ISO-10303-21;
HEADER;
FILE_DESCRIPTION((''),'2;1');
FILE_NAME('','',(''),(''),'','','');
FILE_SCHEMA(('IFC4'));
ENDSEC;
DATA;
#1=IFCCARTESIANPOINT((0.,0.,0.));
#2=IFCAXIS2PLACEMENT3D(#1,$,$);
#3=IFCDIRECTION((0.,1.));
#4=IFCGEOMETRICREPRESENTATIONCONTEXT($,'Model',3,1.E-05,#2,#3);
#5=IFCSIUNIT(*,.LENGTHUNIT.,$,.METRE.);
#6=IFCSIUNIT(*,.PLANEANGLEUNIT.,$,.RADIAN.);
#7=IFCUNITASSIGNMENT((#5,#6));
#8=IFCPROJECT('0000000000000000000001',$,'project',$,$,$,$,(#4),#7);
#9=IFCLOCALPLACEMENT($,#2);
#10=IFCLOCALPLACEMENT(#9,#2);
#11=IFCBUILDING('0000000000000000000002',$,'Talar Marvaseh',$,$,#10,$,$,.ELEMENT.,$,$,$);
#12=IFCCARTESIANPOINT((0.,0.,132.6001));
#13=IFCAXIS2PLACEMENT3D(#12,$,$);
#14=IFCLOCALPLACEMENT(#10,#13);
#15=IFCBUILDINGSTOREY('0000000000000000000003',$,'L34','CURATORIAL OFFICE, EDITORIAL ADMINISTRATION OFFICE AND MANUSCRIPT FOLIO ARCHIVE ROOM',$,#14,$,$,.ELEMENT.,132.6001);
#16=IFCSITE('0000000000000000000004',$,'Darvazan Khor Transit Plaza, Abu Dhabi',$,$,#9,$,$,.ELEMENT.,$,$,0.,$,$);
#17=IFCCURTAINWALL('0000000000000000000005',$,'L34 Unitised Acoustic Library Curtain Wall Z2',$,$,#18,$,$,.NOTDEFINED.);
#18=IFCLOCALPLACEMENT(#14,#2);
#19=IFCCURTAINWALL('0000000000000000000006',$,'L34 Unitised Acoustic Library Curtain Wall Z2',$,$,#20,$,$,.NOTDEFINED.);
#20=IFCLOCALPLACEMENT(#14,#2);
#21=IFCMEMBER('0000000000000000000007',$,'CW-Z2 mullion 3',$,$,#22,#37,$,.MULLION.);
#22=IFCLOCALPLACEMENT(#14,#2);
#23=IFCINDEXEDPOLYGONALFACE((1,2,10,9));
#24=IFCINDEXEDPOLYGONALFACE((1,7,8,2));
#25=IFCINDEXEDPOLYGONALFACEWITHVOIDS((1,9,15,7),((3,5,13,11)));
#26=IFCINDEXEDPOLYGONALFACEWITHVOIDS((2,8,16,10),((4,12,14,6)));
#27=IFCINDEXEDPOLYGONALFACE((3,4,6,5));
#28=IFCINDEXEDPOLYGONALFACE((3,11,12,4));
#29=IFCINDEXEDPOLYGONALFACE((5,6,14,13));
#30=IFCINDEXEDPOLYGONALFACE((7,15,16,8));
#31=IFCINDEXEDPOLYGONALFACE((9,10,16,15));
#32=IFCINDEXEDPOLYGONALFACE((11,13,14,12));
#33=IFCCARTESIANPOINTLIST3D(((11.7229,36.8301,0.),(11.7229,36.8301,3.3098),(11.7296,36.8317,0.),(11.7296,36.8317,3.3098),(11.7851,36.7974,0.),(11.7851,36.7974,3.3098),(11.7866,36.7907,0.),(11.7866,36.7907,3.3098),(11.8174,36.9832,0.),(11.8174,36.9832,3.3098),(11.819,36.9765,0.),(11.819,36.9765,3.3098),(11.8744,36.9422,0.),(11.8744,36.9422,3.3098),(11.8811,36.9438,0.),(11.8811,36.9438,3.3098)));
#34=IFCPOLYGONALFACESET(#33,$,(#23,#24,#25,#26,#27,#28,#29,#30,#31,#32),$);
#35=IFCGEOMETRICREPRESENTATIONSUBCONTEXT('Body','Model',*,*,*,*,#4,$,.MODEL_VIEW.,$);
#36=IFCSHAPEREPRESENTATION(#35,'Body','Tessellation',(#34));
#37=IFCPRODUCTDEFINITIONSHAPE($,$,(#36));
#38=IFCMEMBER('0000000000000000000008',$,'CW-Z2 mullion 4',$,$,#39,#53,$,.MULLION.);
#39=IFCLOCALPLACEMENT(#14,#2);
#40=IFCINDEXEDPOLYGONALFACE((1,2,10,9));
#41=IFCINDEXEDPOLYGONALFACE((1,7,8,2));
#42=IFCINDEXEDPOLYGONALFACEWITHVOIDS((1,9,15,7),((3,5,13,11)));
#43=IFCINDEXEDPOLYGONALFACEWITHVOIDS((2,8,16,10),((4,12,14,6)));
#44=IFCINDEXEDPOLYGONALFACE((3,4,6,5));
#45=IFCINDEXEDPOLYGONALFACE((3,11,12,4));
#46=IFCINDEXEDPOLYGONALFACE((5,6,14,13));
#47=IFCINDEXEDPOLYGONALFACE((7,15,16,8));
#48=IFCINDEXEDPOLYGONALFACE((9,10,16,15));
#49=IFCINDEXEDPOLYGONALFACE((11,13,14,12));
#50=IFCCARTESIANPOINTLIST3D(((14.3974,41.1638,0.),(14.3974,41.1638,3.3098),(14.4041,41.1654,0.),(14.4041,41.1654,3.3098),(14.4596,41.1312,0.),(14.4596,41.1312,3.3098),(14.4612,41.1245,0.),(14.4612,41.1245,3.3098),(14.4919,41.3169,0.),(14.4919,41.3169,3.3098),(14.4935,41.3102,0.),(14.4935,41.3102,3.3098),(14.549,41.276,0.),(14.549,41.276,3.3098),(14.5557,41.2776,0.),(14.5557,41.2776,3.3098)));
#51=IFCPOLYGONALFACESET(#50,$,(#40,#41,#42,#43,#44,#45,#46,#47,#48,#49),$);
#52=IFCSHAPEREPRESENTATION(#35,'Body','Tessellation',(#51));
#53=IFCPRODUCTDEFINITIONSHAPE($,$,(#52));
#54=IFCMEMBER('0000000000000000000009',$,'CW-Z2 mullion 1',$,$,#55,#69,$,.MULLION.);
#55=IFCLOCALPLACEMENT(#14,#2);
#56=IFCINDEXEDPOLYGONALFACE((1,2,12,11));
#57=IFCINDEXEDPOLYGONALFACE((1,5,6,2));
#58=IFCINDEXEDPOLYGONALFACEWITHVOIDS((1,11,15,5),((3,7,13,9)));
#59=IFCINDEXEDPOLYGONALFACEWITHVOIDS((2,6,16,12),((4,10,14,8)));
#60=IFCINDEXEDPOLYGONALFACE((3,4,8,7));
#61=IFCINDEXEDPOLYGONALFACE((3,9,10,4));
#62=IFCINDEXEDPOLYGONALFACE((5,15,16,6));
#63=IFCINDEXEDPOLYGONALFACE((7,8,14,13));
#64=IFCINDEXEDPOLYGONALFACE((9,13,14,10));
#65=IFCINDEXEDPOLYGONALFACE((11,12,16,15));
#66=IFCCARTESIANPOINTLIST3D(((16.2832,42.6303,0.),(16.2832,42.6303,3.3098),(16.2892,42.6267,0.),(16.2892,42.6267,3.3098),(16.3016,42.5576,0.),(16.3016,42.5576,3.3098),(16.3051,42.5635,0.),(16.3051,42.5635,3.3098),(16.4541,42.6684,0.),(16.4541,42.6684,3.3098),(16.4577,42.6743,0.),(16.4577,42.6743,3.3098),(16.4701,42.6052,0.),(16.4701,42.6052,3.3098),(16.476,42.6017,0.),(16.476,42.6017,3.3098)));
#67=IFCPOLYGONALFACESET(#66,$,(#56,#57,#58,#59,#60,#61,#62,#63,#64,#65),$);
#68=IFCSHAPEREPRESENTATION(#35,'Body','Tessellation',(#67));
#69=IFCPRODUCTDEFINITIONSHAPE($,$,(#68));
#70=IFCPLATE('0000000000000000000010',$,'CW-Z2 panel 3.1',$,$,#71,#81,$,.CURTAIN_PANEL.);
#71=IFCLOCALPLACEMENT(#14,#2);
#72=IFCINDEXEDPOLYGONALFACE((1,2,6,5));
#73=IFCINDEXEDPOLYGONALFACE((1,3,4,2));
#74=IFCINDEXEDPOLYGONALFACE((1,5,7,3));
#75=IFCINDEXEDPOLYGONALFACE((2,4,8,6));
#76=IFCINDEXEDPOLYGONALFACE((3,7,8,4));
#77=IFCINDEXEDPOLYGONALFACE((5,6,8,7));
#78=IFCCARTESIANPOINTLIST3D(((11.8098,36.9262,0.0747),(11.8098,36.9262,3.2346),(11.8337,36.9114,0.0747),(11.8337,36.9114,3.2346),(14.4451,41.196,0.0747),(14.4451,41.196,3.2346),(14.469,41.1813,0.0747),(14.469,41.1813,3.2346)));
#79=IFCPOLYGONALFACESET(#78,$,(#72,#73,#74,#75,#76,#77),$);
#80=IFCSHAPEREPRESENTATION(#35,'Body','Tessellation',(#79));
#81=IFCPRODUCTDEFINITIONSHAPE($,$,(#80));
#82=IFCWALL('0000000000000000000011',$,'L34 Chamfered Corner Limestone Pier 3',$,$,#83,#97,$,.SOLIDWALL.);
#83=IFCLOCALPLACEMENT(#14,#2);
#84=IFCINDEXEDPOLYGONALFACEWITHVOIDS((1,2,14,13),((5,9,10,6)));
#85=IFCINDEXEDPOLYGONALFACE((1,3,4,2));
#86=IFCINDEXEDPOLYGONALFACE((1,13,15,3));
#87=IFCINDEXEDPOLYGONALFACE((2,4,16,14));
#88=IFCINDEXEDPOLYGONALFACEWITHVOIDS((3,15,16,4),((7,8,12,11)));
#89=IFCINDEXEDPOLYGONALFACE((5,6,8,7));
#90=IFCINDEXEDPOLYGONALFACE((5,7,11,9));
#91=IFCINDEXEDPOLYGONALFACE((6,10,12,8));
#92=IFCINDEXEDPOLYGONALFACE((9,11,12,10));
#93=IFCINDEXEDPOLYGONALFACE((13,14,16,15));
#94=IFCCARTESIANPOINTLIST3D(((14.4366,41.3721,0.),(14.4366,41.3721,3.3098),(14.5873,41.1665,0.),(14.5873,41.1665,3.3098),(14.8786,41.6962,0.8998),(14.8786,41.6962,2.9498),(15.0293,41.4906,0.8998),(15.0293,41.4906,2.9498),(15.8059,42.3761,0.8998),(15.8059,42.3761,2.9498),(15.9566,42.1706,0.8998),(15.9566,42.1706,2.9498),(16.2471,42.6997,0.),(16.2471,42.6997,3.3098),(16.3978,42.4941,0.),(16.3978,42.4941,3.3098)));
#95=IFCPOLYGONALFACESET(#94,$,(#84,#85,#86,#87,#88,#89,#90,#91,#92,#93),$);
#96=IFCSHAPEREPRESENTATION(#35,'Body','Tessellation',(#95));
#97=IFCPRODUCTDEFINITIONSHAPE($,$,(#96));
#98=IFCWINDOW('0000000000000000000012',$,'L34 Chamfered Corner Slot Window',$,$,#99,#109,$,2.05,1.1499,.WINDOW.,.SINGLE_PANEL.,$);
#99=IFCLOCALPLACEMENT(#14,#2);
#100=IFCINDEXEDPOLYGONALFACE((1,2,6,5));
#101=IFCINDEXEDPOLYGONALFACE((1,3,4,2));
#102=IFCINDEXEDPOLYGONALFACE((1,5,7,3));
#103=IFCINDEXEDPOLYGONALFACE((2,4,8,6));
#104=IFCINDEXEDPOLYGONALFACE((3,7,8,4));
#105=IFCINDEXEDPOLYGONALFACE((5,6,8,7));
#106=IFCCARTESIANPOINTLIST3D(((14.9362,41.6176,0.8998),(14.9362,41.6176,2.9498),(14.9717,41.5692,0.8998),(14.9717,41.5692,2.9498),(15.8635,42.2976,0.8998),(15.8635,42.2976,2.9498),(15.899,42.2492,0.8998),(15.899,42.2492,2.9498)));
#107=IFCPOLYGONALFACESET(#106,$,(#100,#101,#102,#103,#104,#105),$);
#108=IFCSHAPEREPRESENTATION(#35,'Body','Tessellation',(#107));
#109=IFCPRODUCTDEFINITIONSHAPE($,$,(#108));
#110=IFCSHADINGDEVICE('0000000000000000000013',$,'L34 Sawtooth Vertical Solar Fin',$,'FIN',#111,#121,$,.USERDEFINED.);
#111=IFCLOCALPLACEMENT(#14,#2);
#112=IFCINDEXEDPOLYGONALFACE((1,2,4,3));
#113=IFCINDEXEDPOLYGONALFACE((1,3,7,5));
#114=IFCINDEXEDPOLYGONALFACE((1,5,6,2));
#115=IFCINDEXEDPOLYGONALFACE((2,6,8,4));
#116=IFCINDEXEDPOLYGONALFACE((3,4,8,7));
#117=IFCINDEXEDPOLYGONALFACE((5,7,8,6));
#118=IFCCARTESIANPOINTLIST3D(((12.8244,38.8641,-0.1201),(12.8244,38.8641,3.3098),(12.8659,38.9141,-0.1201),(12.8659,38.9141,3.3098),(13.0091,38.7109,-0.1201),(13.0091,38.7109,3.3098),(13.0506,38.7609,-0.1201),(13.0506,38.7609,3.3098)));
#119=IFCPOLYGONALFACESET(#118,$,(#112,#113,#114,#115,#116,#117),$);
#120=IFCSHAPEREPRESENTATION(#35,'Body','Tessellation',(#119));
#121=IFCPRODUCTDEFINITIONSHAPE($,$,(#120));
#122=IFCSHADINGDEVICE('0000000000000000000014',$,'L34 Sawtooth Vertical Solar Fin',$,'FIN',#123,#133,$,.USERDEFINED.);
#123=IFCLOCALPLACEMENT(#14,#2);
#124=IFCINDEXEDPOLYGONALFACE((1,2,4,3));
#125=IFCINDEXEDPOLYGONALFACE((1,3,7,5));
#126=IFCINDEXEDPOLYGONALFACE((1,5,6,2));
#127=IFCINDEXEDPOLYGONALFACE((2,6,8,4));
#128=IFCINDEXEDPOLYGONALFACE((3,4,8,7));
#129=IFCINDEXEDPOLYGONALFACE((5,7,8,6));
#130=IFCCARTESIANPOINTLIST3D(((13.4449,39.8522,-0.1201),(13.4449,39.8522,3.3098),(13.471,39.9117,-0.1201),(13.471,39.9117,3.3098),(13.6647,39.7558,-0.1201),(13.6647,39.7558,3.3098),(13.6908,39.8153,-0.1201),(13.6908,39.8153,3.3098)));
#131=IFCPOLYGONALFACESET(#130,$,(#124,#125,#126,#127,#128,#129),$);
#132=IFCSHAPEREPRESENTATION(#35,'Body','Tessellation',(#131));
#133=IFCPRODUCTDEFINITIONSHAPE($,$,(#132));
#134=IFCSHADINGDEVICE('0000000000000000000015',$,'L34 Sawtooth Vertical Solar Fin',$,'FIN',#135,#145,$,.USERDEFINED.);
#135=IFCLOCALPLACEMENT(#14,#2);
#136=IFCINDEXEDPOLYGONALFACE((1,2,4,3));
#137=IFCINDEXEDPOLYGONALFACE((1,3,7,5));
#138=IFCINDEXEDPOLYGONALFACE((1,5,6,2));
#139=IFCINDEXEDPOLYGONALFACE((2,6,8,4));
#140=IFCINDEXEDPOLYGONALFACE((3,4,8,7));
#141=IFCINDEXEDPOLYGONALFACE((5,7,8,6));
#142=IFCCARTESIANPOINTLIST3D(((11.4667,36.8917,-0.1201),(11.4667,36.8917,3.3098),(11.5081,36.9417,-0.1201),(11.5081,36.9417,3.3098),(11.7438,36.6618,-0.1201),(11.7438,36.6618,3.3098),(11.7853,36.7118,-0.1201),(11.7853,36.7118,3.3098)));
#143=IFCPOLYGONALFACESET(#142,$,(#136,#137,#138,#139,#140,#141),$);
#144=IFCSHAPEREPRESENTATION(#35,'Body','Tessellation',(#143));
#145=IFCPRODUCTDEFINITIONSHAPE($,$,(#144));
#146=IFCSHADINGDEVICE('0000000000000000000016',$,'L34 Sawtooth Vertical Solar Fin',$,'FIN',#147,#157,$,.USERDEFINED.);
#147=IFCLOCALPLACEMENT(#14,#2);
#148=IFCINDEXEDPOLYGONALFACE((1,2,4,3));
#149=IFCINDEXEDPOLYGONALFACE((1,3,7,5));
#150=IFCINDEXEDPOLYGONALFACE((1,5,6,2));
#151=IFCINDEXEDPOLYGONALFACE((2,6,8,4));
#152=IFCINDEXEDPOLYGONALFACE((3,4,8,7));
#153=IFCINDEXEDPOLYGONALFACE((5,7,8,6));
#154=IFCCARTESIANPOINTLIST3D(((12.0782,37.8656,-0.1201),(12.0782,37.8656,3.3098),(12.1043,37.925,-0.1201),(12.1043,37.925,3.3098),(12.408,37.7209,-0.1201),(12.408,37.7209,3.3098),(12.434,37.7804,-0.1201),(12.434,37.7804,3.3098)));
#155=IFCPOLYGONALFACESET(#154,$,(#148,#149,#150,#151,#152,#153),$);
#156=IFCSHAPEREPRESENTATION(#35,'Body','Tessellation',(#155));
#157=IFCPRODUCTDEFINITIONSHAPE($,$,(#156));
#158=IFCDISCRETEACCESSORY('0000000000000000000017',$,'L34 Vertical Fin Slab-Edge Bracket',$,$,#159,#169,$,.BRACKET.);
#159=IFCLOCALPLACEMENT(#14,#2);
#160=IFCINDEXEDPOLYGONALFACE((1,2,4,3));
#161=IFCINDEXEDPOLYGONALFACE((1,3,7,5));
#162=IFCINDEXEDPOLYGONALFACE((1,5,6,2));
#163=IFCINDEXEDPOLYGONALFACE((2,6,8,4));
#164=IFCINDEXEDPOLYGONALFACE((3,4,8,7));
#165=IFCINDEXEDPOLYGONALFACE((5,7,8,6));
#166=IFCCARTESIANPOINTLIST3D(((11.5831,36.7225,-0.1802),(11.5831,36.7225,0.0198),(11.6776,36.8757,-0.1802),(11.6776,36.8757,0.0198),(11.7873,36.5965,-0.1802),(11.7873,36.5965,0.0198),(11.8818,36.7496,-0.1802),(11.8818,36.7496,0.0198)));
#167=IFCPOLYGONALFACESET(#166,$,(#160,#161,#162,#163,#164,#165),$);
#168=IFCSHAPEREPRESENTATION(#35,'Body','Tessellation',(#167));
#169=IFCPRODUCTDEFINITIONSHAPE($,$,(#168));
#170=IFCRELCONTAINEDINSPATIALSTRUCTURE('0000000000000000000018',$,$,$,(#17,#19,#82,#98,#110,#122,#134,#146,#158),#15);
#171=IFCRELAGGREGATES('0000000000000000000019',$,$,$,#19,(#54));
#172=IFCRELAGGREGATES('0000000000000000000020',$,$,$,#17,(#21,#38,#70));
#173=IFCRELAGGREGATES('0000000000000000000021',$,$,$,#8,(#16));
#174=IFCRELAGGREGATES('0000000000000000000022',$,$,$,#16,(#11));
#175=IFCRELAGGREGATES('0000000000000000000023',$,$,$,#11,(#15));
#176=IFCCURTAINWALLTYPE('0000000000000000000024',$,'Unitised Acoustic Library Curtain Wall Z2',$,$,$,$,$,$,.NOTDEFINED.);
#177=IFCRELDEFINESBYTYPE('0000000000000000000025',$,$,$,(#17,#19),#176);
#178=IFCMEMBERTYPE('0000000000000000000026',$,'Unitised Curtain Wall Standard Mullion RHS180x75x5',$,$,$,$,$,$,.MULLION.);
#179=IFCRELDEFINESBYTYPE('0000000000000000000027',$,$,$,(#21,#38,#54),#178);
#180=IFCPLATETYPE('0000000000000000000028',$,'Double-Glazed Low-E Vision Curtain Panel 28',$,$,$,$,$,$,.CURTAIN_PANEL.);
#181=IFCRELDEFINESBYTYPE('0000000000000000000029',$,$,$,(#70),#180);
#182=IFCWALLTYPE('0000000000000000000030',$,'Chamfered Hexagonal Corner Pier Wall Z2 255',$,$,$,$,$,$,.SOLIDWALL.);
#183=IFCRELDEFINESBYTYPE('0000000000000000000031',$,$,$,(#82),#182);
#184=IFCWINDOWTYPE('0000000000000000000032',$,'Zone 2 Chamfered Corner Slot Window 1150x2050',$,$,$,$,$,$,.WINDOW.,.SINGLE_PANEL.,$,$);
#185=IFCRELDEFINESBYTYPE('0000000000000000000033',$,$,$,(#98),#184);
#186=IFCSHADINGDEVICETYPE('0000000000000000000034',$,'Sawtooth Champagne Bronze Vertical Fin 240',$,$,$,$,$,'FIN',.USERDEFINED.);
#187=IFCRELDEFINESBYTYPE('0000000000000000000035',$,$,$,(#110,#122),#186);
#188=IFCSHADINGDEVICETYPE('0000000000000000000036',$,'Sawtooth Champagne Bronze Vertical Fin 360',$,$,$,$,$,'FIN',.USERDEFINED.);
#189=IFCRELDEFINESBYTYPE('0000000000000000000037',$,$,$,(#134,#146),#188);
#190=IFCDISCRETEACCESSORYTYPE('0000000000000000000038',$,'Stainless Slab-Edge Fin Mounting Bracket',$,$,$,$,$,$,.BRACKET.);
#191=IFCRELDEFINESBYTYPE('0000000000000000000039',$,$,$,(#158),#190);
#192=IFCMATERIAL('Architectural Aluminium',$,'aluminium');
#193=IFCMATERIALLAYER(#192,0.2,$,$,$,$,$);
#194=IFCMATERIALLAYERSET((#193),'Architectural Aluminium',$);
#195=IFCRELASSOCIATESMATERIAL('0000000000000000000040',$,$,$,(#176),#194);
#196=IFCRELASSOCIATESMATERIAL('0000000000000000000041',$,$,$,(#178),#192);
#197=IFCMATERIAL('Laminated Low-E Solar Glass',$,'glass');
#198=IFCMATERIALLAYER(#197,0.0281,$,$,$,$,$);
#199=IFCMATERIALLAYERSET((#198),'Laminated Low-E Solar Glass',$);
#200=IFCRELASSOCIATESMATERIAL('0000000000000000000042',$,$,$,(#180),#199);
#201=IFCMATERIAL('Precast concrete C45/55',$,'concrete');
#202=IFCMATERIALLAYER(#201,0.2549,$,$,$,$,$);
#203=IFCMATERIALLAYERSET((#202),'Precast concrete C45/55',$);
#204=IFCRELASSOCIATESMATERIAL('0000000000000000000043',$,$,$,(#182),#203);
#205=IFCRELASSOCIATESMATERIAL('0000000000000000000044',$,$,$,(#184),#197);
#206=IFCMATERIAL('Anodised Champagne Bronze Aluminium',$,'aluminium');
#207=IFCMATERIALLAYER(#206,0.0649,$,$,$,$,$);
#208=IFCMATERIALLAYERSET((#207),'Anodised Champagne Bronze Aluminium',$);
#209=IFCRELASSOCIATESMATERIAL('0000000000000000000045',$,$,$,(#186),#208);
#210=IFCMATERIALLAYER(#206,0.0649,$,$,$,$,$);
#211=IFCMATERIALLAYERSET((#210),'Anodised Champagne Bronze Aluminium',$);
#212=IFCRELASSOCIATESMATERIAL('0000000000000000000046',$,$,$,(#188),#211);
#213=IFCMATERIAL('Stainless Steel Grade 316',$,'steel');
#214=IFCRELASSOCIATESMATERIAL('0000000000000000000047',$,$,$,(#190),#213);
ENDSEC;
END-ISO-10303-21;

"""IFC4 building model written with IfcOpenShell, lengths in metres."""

from ifc_helpers import new_model, si_unit, direction, frame, frame_2d, origin, origin_2d, place, context, subcontext, project, spatial, rectangle, hollow_rectangle, extrude, source, transform, mapped, material, layer, layer_set, material_profile, profile_set, type_object, type_shapes, element, fill, aggregate, save


model = new_model("IFC4")

# Units and contexts
model_context = context("Model", 3, precision=1e-05, world=origin(), true_north=direction((0.0, 1.0)))
body_context = subcontext(model_context, "Body", "Model", "MODEL_VIEW")
ifc_project = project(units=[si_unit("LENGTHUNIT", "METRE"), si_unit("PLANEANGLEUNIT", "RADIAN")], contexts=[model_context])

# Site, building, storey
site_placement = place(None, origin())
site = spatial("IfcSite", under=ifc_project, at=site_placement, Name="Darvazan Khor Transit Plaza, Abu Dhabi", CompositionType="ELEMENT", RefElevation=0.0)
building_placement = place(site_placement, origin())
building = spatial("IfcBuilding", under=site, at=building_placement, Name="Talar Marvaseh", CompositionType="ELEMENT")
storey_placement = place(building_placement, frame((0.0, 0.0, 132.6001)))
storey = spatial("IfcBuildingStorey", under=building, at=storey_placement, Name="L34", Description="CURATORIAL OFFICE, EDITORIAL ADMINISTRATION OFFICE AND MANUSCRIPT FOLIO ARCHIVE ROOM", CompositionType="ELEMENT", Elevation=132.6001)

# Curtain walls
ifc_material_1 = material(Name="Architectural Aluminium", Category="aluminium")
ifc_layer_1 = layer(ifc_material_1, 0.2)
ifc_layer_set_1 = layer_set([ifc_layer_1], Name="Architectural Aluminium")
curtain_wall_type = type_object("IfcCurtainWallType", Name="Unitised Acoustic Library Curtain Wall Z2", PredefinedType="NOTDEFINED", material=ifc_layer_set_1)
curtain_wall_1_placement = place(storey_placement, origin())
curtain_wall_1 = element("IfcCurtainWall", 1, at=curtain_wall_1_placement, inside=storey, type_object=curtain_wall_type, Name="L34 Unitised Acoustic Library Curtain Wall Z2", PredefinedType="NOTDEFINED")
curtain_wall_2_placement = place(storey_placement, origin())
curtain_wall_2 = element("IfcCurtainWall", 2, at=curtain_wall_2_placement, inside=storey, type_object=curtain_wall_type, Name="L34 Unitised Acoustic Library Curtain Wall Z2", PredefinedType="NOTDEFINED")

# Members
ifc_material_profile_1 = material_profile(ifc_material_1, hollow_rectangle(XDim=0.075, YDim=0.1799, WallThickness=0.0049, at=origin_2d()), Name="RHS180x75x5")
ifc_profile_set_1 = profile_set([ifc_material_profile_1], Name="Architectural Aluminium")
member_type_1 = type_object("IfcMemberType", Name="Unitised Curtain Wall Standard Mullion RHS180x75x5", PredefinedType="MULLION", material=ifc_profile_set_1)
shared_shape_1 = source(origin(), body_context, "Body", "SweptSolid", [
    extrude(hollow_rectangle(XDim=0.075, YDim=0.1799, WallThickness=0.0049, at=origin_2d()), origin(), (0.0, 0.0, 1.0), 3.3098),
])
type_shapes(member_type_1, [shared_shape_1])
member_1_placement = place(storey_placement, frame((11.802, 36.887, 0.0), z_axis=(0.0, 0.0, 1.0), x_axis=(-0.850974, 0.525207, 0.0)))
member_1 = element("IfcMember", 3, at=member_1_placement, type_object=member_type_1, Name="CW-Z2 mullion 3", PredefinedType="MULLION", context=body_context, shape_type="MappedRepresentation", body=[
    mapped(shared_shape_1, transform((0.0, 0.0, 0.0), x_axis=(1.0, 0.0, 0.0), y_axis=(0.0, 1.0, 0.0), z_axis=(0.0, 0.0, 1.0), scale=1.0)),
])
member_2_placement = place(storey_placement, frame((14.4766, 41.2207, 0.0), z_axis=(0.0, 0.0, 1.0), x_axis=(-0.850974, 0.525207, 0.0)))
member_2 = element("IfcMember", 4, at=member_2_placement, type_object=member_type_1, Name="CW-Z2 mullion 4", PredefinedType="MULLION", context=body_context, shape_type="MappedRepresentation", body=[
    mapped(shared_shape_1, transform((0.0, 0.0, 0.0), x_axis=(1.0, 0.0, 0.0), y_axis=(0.0, 1.0, 0.0), z_axis=(0.0, 0.0, 1.0), scale=1.0)),
])
member_3_placement = place(storey_placement, frame((16.3796, 42.616, 0.0), z_axis=(0.0, 0.0, 1.0), x_axis=(-0.245007, 0.969521, 0.0)))
member_3 = element("IfcMember", 5, at=member_3_placement, type_object=member_type_1, Name="CW-Z2 mullion 1", PredefinedType="MULLION", context=body_context, shape_type="MappedRepresentation", body=[
    mapped(shared_shape_1, transform((0.0, 0.0, 0.0), x_axis=(1.0, 0.0, 0.0), y_axis=(0.0, 1.0, 0.0), z_axis=(0.0, 0.0, 1.0), scale=1.0)),
])
aggregate(curtain_wall_2, [member_3])

# Plate
ifc_material_2 = material(Name="Laminated Low-E Solar Glass", Category="glass")
ifc_layer_2 = layer(ifc_material_2, 0.0281)
ifc_layer_set_2 = layer_set([ifc_layer_2], Name="Laminated Low-E Solar Glass")
plate_type = type_object("IfcPlateType", Name="Double-Glazed Low-E Vision Curtain Panel 28", PredefinedType="CURTAIN_PANEL", material=ifc_layer_set_2)
shared_shape_2 = source(origin(), body_context, "Body", "SweptSolid", [
    extrude(rectangle(XDim=5.0176, YDim=0.0281, at=origin_2d()), origin(), (0.0, 0.0, 1.0), 3.1599),
])
type_shapes(plate_type, [shared_shape_2])
plate_placement = place(storey_placement, frame((13.1394, 39.0537, 0.0747), z_axis=(0.0, 0.0, 1.0), x_axis=(0.525207, 0.850974, 0.0)))
plate = element("IfcPlate", 6, at=plate_placement, type_object=plate_type, Name="CW-Z2 panel 3.1", PredefinedType="CURTAIN_PANEL", context=body_context, shape_type="MappedRepresentation", body=[
    mapped(shared_shape_2, transform((0.0, 0.0, 0.0), x_axis=(1.0, 0.0, 0.0), y_axis=(0.0, 1.0, 0.0), z_axis=(0.0, 0.0, 1.0), scale=1.0)),
])
aggregate(curtain_wall_1, [member_1, member_2, plate])

# Wall, opening, window
ifc_material_3 = material(Name="Precast concrete C45/55", Category="concrete")
ifc_layer_3 = layer(ifc_material_3, 0.2549)
ifc_layer_set_3 = layer_set([ifc_layer_3], Name="Precast concrete C45/55")
wall_type = type_object("IfcWallType", Name="Chamfered Hexagonal Corner Pier Wall Z2 255", PredefinedType="SOLIDWALL", material=ifc_layer_set_3)
wall_placement = place(storey_placement, frame((14.512, 41.2693, 0.0), z_axis=(0.0, 0.0, 1.0), x_axis=(0.806426, 0.591335, 0.0)))
wall = element("IfcWall", 7, at=wall_placement, inside=storey, type_object=wall_type, Name="L34 Chamfered Corner Limestone Pier 3", PredefinedType="SOLIDWALL", context=body_context, shape_type="SweptSolid", body=[
    extrude(rectangle(XDim=2.2451, YDim=0.2549, at=frame_2d((1.1226, 0.0))), origin(), (0.0, 0.0, 1.0), 3.3098),
])
opening_placement = place(wall_placement, frame((0.5481, 0.0, 0.8999)))
opening = element("IfcOpeningElement", 8, at=opening_placement, cuts=wall, PredefinedType="OPENING", context=body_context, shape_type="SweptSolid", body=[
    extrude(rectangle(XDim=1.1499, YDim=2.05, at=frame_2d((0.575, 1.0249))), frame((0.0, 0.1375, 0.0), z_axis=(0.0, -1.0, 0.0), x_axis=(1.0, 0.0, 0.0)), (0.0, 0.0, 1.0), 0.2749),
])
window_type = type_object("IfcWindowType", Name="Zone 2 Chamfered Corner Slot Window 1150x2050", PartitioningType="SINGLE_PANEL", PredefinedType="WINDOW", material=ifc_material_2)
shared_shape_3 = source(origin(), body_context, "Body", "SweptSolid", [
    extrude(rectangle(XDim=1.1499, YDim=2.05, at=frame_2d((0.575, 1.0249))), frame((0.0, 0.03, 0.0), z_axis=(0.0, -1.0, 0.0), x_axis=(1.0, 0.0, 0.0)), (0.0, 0.0, 1.0), 0.0601),
])
type_shapes(window_type, [shared_shape_3])
window_placement = place(opening_placement, origin())
window = element("IfcWindow", 9, at=window_placement, inside=storey, type_object=window_type, Name="L34 Chamfered Corner Slot Window", OverallHeight=2.05, OverallWidth=1.1499, PartitioningType="SINGLE_PANEL", PredefinedType="WINDOW", context=body_context, shape_type="MappedRepresentation", body=[
    mapped(shared_shape_3, transform((0.0, 0.0, 0.0), x_axis=(1.0, 0.0, 0.0), y_axis=(0.0, 1.0, 0.0), z_axis=(0.0, 0.0, 1.0), scale=1.0)),
])
fill(opening, window)

# Shading devices
ifc_material_4 = material(Name="Anodised Champagne Bronze Aluminium", Category="aluminium")
ifc_layer_4 = layer(ifc_material_4, 0.0649)
ifc_layer_set_4 = layer_set([ifc_layer_4], Name="Anodised Champagne Bronze Aluminium")
shading_device_type_1 = type_object("IfcShadingDeviceType", Name="Sawtooth Champagne Bronze Vertical Fin 240", ElementType="FIN", PredefinedType="USERDEFINED", material=ifc_layer_set_4)
shared_shape_4 = source(origin(), body_context, "Body", "SweptSolid", [
    extrude(rectangle(XDim=0.24, YDim=0.0649, at=origin_2d()), origin(), (0.0, 0.0, 1.0), 3.4299),
])
type_shapes(shading_device_type_1, [shared_shape_4])
for number, where, z_axis, x_axis, name in (
    (10, (12.9375, 38.8125, -0.1201), (0.0, 0.0, 1.0), (-0.769622, 0.638499, 0.0), "L34 Sawtooth Vertical Solar Fin"),
    (11, (13.5679, 39.8337, -0.1201), (0.0, 0.0, 1.0), (-0.915803, 0.401628, 0.0), "L34 Sawtooth Vertical Solar Fin"),
):
    element("IfcShadingDevice", number, at=place(storey_placement, frame(where, z_axis=z_axis, x_axis=x_axis)), inside=storey, type_object=shading_device_type_1, Name=name, ObjectType="FIN", PredefinedType="USERDEFINED", context=body_context, shape_type="MappedRepresentation", body=[
        mapped(shared_shape_4, transform((0.0, 0.0, 0.0), x_axis=(1.0, 0.0, 0.0), y_axis=(0.0, 1.0, 0.0), z_axis=(0.0, 0.0, 1.0), scale=1.0)),
    ])
ifc_layer_5 = layer(ifc_material_4, 0.0649)
ifc_layer_set_5 = layer_set([ifc_layer_5], Name="Anodised Champagne Bronze Aluminium")
shading_device_type_2 = type_object("IfcShadingDeviceType", Name="Sawtooth Champagne Bronze Vertical Fin 360", ElementType="FIN", PredefinedType="USERDEFINED", material=ifc_layer_set_5)
shared_shape_5 = source(origin(), body_context, "Body", "SweptSolid", [
    extrude(rectangle(XDim=0.3601, YDim=0.0649, at=origin_2d()), origin(), (0.0, 0.0, 1.0), 3.4299),
])
type_shapes(shading_device_type_2, [shared_shape_5])
for number, where, z_axis, x_axis, name in (
    (12, (11.626, 36.8018, -0.1201), (0.0, 0.0, 1.0), (-0.769622, 0.638499, 0.0), "L34 Sawtooth Vertical Solar Fin"),
    (13, (12.2561, 37.823, -0.1201), (0.0, 0.0, 1.0), (-0.915803, 0.401628, 0.0), "L34 Sawtooth Vertical Solar Fin"),
):
    element("IfcShadingDevice", number, at=place(storey_placement, frame(where, z_axis=z_axis, x_axis=x_axis)), inside=storey, type_object=shading_device_type_2, Name=name, ObjectType="FIN", PredefinedType="USERDEFINED", context=body_context, shape_type="MappedRepresentation", body=[
        mapped(shared_shape_5, transform((0.0, 0.0, 0.0), x_axis=(1.0, 0.0, 0.0), y_axis=(0.0, 1.0, 0.0), z_axis=(0.0, 0.0, 1.0), scale=1.0)),
    ])

# Discrete accessory
ifc_material_5 = material(Name="Stainless Steel Grade 316", Category="steel")
discrete_accessory_type = type_object("IfcDiscreteAccessoryType", Name="Stainless Slab-Edge Fin Mounting Bracket", PredefinedType="BRACKET", material=ifc_material_5)
shared_shape_6 = source(origin(), body_context, "Body", "SweptSolid", [
    extrude(rectangle(XDim=0.24, YDim=0.1799, at=origin_2d()), origin(), (0.0, 0.0, 1.0), 0.2),
])
type_shapes(discrete_accessory_type, [shared_shape_6])
for number, where, z_axis, x_axis, name in (
    (14, (11.7324, 36.7361, -0.1802), (0.0, 0.0, 1.0), (-0.850994, 0.525175, 0.0), "L34 Vertical Fin Slab-Edge Bracket"),
):
    element("IfcDiscreteAccessory", number, at=place(storey_placement, frame(where, z_axis=z_axis, x_axis=x_axis)), inside=storey, type_object=discrete_accessory_type, Name=name, PredefinedType="BRACKET", context=body_context, shape_type="MappedRepresentation", body=[
        mapped(shared_shape_6, transform((0.0, 0.0, 0.0), x_axis=(1.0, 0.0, 0.0), y_axis=(0.0, 1.0, 0.0), z_axis=(0.0, 0.0, 1.0), scale=1.0)),
    ])

save(model, "model.ifc")
